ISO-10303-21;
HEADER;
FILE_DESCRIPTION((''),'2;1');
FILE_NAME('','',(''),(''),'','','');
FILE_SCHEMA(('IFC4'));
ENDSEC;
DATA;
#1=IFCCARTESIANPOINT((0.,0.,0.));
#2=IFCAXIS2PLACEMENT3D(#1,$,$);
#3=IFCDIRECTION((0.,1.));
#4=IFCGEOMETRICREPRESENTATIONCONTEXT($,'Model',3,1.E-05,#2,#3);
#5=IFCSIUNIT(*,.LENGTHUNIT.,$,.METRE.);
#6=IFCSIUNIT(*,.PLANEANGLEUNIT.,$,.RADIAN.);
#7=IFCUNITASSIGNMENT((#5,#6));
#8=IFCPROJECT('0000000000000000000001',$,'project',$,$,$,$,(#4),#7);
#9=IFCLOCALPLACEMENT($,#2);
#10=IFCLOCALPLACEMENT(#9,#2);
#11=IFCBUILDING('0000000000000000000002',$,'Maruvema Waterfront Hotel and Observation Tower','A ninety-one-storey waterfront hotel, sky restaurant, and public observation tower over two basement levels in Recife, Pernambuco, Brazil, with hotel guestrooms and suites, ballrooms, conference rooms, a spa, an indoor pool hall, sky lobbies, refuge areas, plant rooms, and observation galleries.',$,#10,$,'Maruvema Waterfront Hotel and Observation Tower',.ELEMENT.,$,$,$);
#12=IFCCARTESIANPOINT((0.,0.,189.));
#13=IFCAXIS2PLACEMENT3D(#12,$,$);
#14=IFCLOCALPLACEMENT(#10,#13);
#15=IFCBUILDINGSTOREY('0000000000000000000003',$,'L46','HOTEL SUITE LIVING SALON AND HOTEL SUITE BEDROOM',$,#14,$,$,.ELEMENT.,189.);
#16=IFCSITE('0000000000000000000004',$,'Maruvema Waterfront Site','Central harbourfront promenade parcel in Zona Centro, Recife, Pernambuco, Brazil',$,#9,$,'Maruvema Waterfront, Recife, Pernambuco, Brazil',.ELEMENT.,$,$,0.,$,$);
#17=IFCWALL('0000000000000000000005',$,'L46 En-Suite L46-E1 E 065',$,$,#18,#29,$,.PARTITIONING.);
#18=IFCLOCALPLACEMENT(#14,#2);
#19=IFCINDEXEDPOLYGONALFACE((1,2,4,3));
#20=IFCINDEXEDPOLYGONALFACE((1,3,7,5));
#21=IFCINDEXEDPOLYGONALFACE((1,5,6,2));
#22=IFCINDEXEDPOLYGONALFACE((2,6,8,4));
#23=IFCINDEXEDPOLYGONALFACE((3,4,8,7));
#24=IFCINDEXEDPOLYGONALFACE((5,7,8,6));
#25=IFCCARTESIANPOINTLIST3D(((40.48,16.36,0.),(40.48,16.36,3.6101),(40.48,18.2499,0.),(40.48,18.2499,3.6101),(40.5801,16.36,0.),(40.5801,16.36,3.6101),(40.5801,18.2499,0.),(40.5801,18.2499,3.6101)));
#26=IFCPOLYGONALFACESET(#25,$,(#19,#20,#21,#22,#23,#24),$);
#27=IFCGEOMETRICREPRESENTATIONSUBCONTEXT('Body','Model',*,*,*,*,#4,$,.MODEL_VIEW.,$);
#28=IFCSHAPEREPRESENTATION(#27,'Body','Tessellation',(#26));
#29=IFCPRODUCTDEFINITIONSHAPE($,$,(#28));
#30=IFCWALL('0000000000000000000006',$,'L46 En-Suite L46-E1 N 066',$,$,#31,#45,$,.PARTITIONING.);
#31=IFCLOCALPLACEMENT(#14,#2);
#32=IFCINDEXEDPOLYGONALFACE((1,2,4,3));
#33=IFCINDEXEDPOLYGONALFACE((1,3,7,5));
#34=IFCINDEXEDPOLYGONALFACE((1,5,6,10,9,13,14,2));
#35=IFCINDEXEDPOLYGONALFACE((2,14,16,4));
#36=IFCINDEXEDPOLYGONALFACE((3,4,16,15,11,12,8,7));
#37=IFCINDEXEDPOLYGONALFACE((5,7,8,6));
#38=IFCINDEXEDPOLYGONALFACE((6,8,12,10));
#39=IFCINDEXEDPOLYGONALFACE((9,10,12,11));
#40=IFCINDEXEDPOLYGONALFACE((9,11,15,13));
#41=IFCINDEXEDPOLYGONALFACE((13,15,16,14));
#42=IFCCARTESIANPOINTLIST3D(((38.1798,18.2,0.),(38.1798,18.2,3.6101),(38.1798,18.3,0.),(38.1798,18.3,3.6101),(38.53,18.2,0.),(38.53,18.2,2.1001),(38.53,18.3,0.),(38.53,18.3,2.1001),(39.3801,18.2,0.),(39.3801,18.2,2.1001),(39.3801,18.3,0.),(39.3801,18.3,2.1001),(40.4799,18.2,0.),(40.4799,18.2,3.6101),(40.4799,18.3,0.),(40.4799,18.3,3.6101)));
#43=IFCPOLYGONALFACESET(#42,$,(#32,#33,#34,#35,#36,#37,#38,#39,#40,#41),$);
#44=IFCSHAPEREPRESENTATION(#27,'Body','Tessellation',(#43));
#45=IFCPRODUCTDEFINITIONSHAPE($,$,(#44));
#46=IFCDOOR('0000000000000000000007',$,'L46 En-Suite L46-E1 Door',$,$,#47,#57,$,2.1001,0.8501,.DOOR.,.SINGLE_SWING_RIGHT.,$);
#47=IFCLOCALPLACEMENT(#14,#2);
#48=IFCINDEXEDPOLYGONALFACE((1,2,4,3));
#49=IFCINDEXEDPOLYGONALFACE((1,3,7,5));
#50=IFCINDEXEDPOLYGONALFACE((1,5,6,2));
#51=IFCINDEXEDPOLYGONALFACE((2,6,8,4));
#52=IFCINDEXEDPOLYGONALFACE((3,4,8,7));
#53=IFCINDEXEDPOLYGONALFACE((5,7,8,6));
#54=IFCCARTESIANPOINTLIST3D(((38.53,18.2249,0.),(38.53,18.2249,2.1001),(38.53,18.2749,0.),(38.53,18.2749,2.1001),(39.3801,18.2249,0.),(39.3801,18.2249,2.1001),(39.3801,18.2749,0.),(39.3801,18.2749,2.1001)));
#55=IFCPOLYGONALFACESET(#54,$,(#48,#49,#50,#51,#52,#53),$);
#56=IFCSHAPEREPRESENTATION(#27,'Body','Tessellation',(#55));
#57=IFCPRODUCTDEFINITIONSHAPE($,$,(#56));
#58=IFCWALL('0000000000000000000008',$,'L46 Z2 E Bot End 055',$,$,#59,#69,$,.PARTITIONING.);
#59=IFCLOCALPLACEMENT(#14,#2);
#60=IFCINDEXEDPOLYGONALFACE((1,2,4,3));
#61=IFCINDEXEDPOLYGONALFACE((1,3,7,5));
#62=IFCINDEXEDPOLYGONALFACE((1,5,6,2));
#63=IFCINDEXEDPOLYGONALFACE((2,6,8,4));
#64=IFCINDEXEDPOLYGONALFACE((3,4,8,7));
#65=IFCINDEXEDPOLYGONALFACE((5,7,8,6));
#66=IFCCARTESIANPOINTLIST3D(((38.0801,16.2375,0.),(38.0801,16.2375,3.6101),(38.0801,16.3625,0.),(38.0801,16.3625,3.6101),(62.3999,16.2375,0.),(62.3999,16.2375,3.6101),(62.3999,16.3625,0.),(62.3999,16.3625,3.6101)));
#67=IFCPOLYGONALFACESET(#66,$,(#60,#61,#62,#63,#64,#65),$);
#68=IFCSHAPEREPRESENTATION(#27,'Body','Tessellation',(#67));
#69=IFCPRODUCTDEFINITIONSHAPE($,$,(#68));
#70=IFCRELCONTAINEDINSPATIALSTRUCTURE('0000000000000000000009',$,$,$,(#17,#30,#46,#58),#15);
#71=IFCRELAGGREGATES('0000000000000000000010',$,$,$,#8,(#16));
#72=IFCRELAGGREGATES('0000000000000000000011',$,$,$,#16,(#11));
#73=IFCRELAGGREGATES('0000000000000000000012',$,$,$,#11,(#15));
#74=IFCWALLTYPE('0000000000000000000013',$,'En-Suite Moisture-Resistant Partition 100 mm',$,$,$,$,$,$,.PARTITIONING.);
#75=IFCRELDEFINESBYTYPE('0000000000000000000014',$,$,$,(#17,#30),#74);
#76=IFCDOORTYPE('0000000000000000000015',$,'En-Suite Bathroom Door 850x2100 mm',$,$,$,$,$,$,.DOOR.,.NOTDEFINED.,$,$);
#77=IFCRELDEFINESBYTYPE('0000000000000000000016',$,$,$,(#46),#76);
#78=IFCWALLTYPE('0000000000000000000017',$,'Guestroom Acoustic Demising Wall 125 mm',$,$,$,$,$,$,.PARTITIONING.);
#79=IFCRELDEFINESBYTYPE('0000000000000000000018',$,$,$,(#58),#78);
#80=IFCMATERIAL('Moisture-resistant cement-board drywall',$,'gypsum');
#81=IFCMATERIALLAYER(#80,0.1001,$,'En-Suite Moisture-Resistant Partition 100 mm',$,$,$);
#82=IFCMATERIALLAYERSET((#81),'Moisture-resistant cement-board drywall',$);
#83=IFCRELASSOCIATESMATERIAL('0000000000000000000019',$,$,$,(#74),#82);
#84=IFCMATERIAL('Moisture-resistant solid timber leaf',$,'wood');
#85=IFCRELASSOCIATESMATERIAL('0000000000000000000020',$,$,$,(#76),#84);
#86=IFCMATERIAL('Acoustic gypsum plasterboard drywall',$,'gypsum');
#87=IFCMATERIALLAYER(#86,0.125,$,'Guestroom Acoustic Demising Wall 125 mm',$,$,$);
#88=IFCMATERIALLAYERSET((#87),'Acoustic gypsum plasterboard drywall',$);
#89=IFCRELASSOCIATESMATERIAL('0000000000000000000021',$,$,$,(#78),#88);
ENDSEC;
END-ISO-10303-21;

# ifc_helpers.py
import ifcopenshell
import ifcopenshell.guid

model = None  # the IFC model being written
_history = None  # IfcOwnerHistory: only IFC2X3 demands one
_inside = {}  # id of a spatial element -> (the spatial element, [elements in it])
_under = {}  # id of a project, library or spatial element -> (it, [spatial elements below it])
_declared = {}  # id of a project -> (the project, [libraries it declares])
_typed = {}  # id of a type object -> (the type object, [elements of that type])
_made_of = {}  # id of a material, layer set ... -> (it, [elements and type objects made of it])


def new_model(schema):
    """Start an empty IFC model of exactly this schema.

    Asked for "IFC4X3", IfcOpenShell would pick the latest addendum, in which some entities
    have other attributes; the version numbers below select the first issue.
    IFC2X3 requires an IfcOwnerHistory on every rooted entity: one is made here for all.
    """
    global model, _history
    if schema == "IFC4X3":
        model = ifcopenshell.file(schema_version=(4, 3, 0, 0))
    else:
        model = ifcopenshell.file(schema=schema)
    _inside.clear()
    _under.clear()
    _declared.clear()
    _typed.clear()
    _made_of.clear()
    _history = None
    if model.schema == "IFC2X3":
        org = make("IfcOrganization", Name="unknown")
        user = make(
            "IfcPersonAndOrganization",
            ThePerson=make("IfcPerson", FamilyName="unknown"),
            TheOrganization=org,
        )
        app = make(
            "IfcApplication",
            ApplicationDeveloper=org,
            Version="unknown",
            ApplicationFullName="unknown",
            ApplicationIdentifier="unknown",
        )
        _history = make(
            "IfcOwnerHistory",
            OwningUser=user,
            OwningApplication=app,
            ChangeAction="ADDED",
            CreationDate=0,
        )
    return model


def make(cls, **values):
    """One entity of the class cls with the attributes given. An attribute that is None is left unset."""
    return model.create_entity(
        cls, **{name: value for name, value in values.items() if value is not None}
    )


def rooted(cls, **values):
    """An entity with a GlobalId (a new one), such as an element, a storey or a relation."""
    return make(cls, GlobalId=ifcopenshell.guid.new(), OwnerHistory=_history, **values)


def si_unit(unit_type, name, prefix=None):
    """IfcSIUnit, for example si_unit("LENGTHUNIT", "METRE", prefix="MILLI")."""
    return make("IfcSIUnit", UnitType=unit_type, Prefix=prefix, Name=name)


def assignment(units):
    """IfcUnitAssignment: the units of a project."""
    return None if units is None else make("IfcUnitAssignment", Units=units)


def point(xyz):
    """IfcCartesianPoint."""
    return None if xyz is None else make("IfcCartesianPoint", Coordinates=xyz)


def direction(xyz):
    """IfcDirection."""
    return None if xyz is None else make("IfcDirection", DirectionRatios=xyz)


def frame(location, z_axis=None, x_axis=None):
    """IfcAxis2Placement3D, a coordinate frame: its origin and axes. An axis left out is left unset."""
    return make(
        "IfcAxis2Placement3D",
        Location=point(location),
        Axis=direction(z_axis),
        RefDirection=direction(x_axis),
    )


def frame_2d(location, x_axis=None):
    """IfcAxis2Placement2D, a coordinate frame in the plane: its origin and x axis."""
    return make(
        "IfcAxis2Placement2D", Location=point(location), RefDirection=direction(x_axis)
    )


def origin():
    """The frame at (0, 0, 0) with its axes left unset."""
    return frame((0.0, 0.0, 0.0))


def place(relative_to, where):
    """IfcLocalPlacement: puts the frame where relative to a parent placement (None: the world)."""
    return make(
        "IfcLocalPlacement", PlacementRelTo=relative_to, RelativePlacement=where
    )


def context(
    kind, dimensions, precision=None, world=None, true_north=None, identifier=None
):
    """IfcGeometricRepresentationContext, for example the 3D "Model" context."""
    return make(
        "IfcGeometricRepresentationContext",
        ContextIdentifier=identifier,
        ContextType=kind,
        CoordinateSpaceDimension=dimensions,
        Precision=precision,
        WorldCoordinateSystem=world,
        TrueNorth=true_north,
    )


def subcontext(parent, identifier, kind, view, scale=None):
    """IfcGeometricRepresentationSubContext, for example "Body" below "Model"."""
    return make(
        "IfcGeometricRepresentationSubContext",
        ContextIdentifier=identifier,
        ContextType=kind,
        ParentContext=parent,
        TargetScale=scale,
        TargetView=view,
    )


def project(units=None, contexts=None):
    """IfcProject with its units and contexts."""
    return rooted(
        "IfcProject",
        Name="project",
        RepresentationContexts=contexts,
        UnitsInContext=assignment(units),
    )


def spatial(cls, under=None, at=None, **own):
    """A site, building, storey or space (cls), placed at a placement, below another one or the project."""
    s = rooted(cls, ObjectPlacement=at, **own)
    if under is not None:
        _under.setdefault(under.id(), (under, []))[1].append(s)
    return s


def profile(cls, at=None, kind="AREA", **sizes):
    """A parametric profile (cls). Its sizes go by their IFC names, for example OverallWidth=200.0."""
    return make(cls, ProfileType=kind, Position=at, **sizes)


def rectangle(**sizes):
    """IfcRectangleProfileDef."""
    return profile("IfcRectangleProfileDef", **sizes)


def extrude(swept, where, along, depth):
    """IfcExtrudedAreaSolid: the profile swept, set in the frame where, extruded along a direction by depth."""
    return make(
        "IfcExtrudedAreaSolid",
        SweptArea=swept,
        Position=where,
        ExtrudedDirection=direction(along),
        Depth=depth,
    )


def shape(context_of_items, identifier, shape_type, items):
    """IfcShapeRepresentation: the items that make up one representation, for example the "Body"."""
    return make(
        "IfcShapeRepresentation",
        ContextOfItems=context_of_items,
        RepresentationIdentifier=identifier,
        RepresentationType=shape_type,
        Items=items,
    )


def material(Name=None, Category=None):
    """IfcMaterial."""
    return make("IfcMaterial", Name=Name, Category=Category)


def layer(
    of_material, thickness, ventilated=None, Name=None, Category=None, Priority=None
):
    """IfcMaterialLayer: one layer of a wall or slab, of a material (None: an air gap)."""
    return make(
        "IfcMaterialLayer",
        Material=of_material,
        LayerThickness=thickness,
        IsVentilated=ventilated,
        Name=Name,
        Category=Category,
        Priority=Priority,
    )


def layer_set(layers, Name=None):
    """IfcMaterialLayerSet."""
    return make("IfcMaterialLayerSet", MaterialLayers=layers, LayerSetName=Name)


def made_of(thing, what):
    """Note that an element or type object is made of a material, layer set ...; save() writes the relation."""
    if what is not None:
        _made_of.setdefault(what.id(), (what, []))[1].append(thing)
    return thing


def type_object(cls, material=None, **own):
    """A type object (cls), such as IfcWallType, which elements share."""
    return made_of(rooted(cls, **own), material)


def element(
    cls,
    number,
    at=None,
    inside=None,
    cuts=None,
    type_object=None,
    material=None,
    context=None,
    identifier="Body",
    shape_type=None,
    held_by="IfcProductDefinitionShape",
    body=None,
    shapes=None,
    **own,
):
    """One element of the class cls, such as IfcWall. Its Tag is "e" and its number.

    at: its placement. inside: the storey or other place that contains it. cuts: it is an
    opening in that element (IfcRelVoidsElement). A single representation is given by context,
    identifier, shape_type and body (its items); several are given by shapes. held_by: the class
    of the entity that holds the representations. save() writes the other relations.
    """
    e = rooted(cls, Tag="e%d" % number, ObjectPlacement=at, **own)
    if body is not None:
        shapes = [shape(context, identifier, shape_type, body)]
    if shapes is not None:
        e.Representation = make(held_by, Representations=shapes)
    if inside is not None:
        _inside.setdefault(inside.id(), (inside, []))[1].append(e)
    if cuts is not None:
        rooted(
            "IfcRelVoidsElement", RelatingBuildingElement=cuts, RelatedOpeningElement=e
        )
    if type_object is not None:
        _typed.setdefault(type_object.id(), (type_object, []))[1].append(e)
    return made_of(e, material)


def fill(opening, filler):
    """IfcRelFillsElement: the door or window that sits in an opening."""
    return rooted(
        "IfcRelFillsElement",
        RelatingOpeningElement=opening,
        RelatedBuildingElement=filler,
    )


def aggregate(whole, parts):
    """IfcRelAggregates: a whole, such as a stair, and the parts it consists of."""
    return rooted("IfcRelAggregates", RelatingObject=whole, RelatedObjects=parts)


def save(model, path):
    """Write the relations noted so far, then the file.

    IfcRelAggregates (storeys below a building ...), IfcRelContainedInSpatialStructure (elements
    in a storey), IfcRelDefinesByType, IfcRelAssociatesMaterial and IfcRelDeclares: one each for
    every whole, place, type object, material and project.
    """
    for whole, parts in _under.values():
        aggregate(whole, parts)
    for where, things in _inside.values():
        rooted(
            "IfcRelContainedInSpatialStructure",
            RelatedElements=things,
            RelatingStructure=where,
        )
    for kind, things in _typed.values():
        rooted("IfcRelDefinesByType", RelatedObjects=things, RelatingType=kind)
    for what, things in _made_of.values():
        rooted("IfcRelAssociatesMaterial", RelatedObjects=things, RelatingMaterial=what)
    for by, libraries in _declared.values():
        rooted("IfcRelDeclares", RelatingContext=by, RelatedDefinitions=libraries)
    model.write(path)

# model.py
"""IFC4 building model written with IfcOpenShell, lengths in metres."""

from ifc_helpers import new_model, si_unit, direction, frame, frame_2d, origin, place, context, subcontext, project, spatial, rectangle, extrude, material, layer, layer_set, type_object, element, fill, save


model = new_model("IFC4")

# Units and contexts
model_context = context("Model", 3, precision=1e-05, world=origin(), true_north=direction((0.0, 1.0)))
body_context = subcontext(model_context, "Body", "Model", "MODEL_VIEW")
ifc_project = project(units=[si_unit("LENGTHUNIT", "METRE"), si_unit("PLANEANGLEUNIT", "RADIAN")], contexts=[model_context])

# Site, building, storey
site_placement = place(None, origin())
site = spatial("IfcSite", under=ifc_project, at=site_placement, Name="Maruvema Waterfront Site", Description="Central harbourfront promenade parcel in Zona Centro, Recife, Pernambuco, Brazil", LongName="Maruvema Waterfront, Recife, Pernambuco, Brazil", CompositionType="ELEMENT", RefElevation=0.0)
building_placement = place(site_placement, origin())
building = spatial("IfcBuilding", under=site, at=building_placement, Name="Maruvema Waterfront Hotel and Observation Tower", Description="A ninety-one-storey waterfront hotel, sky restaurant, and public observation tower over two basement levels in Recife, Pernambuco, Brazil, with hotel guestrooms and suites, ballrooms, conference rooms, a spa, an indoor pool hall, sky lobbies, refuge areas, plant rooms, and observation galleries.", LongName="Maruvema Waterfront Hotel and Observation Tower", CompositionType="ELEMENT")
storey_placement = place(building_placement, frame((0.0, 0.0, 189.0)))
storey = spatial("IfcBuildingStorey", under=building, at=storey_placement, Name="L46", Description="HOTEL SUITE LIVING SALON AND HOTEL SUITE BEDROOM", CompositionType="ELEMENT", Elevation=189.0)

# Shared definitions
ifc_material_1 = material(Name="Moisture-resistant cement-board drywall", Category="gypsum")
ifc_layer_1 = layer(ifc_material_1, 0.1001, Name="En-Suite Moisture-Resistant Partition 100 mm")
ifc_layer_set_1 = layer_set([ifc_layer_1], Name="Moisture-resistant cement-board drywall")
wall_type_1 = type_object("IfcWallType", Name="En-Suite Moisture-Resistant Partition 100 mm", PredefinedType="PARTITIONING", material=ifc_layer_set_1)

# Shared definitions
ifc_material_2 = material(Name="Moisture-resistant solid timber leaf", Category="wood")
door_type_1 = type_object("IfcDoorType", Name="En-Suite Bathroom Door 850x2100 mm", OperationType="NOTDEFINED", PredefinedType="DOOR", material=ifc_material_2)

# Wall
wall_1_placement = place(storey_placement, frame((40.53, 16.3601, 0.0), z_axis=(0.0, 0.0, 1.0), x_axis=(0.0, 1.0, 0.0)))
element("IfcWall", 1, at=wall_1_placement, inside=storey, type_object=wall_type_1, Name="L46 En-Suite L46-E1 E 065", PredefinedType="PARTITIONING", context=body_context, shape_type="SweptSolid", body=[
    extrude(rectangle(XDim=1.8899, YDim=0.1001, at=frame_2d((0.9448, 0.0))), origin(), (0.0, 0.0, 1.0), 3.6101),
])

# Wall, opening, door
wall_2_placement = place(storey_placement, frame((38.1799, 18.25, 0.0), z_axis=(0.0, 0.0, 1.0), x_axis=(1.0, 0.0, 0.0)))
wall_2 = element("IfcWall", 2, at=wall_2_placement, inside=storey, type_object=wall_type_1, Name="L46 En-Suite L46-E1 N 066", PredefinedType="PARTITIONING", context=body_context, shape_type="SweptSolid", body=[
    extrude(rectangle(XDim=2.3, YDim=0.1001, at=frame_2d((1.1499, 0.0))), origin(), (0.0, 0.0, 1.0), 3.6101),
])
opening_1_placement = place(wall_2_placement, frame((0.3501, 0.0, 0.0)))
opening_1 = element("IfcOpeningElement", 3, at=opening_1_placement, cuts=wall_2, PredefinedType="OPENING", context=body_context, shape_type="SweptSolid", body=[
    extrude(rectangle(XDim=0.8501, YDim=2.1001, at=frame_2d((0.425, 1.05))), frame((0.0, 0.0601, 0.0), z_axis=(0.0, -1.0, 0.0), x_axis=(1.0, 0.0, 0.0)), (0.0, 0.0, 1.0), 0.1201),
])
door_1_placement = place(opening_1_placement, origin())
door_1 = element("IfcDoor", 4, at=door_1_placement, inside=storey, type_object=door_type_1, Name="L46 En-Suite L46-E1 Door", OperationType="SINGLE_SWING_RIGHT", OverallHeight=2.1001, OverallWidth=0.8501, PredefinedType="DOOR", context=body_context, shape_type="SweptSolid", body=[
    extrude(rectangle(XDim=0.8501, YDim=2.1001, at=frame_2d((0.425, 1.05))), frame((0.0, 0.0249, 0.0), z_axis=(0.0, -1.0, 0.0), x_axis=(1.0, 0.0, 0.0)), (0.0, 0.0, 1.0), 0.05),
])
fill(opening_1, door_1)

# Wall
ifc_material_3 = material(Name="Acoustic gypsum plasterboard drywall", Category="gypsum")
ifc_layer_2 = layer(ifc_material_3, 0.125, Name="Guestroom Acoustic Demising Wall 125 mm")
ifc_layer_set_2 = layer_set([ifc_layer_2], Name="Acoustic gypsum plasterboard drywall")
wall_type_2 = type_object("IfcWallType", Name="Guestroom Acoustic Demising Wall 125 mm", PredefinedType="PARTITIONING", material=ifc_layer_set_2)
wall_3_placement = place(storey_placement, frame((38.0801, 16.3, 0.0), z_axis=(0.0, 0.0, 1.0), x_axis=(1.0, 0.0, 0.0)))
element("IfcWall", 5, at=wall_3_placement, inside=storey, type_object=wall_type_2, Name="L46 Z2 E Bot End 055", PredefinedType="PARTITIONING", context=body_context, shape_type="SweptSolid", body=[
    extrude(rectangle(XDim=24.3198, YDim=0.125, at=frame_2d((12.1599, 0.0))), origin(), (0.0, 0.0, 1.0), 3.6101),
])

save(model, "model.ifc")
